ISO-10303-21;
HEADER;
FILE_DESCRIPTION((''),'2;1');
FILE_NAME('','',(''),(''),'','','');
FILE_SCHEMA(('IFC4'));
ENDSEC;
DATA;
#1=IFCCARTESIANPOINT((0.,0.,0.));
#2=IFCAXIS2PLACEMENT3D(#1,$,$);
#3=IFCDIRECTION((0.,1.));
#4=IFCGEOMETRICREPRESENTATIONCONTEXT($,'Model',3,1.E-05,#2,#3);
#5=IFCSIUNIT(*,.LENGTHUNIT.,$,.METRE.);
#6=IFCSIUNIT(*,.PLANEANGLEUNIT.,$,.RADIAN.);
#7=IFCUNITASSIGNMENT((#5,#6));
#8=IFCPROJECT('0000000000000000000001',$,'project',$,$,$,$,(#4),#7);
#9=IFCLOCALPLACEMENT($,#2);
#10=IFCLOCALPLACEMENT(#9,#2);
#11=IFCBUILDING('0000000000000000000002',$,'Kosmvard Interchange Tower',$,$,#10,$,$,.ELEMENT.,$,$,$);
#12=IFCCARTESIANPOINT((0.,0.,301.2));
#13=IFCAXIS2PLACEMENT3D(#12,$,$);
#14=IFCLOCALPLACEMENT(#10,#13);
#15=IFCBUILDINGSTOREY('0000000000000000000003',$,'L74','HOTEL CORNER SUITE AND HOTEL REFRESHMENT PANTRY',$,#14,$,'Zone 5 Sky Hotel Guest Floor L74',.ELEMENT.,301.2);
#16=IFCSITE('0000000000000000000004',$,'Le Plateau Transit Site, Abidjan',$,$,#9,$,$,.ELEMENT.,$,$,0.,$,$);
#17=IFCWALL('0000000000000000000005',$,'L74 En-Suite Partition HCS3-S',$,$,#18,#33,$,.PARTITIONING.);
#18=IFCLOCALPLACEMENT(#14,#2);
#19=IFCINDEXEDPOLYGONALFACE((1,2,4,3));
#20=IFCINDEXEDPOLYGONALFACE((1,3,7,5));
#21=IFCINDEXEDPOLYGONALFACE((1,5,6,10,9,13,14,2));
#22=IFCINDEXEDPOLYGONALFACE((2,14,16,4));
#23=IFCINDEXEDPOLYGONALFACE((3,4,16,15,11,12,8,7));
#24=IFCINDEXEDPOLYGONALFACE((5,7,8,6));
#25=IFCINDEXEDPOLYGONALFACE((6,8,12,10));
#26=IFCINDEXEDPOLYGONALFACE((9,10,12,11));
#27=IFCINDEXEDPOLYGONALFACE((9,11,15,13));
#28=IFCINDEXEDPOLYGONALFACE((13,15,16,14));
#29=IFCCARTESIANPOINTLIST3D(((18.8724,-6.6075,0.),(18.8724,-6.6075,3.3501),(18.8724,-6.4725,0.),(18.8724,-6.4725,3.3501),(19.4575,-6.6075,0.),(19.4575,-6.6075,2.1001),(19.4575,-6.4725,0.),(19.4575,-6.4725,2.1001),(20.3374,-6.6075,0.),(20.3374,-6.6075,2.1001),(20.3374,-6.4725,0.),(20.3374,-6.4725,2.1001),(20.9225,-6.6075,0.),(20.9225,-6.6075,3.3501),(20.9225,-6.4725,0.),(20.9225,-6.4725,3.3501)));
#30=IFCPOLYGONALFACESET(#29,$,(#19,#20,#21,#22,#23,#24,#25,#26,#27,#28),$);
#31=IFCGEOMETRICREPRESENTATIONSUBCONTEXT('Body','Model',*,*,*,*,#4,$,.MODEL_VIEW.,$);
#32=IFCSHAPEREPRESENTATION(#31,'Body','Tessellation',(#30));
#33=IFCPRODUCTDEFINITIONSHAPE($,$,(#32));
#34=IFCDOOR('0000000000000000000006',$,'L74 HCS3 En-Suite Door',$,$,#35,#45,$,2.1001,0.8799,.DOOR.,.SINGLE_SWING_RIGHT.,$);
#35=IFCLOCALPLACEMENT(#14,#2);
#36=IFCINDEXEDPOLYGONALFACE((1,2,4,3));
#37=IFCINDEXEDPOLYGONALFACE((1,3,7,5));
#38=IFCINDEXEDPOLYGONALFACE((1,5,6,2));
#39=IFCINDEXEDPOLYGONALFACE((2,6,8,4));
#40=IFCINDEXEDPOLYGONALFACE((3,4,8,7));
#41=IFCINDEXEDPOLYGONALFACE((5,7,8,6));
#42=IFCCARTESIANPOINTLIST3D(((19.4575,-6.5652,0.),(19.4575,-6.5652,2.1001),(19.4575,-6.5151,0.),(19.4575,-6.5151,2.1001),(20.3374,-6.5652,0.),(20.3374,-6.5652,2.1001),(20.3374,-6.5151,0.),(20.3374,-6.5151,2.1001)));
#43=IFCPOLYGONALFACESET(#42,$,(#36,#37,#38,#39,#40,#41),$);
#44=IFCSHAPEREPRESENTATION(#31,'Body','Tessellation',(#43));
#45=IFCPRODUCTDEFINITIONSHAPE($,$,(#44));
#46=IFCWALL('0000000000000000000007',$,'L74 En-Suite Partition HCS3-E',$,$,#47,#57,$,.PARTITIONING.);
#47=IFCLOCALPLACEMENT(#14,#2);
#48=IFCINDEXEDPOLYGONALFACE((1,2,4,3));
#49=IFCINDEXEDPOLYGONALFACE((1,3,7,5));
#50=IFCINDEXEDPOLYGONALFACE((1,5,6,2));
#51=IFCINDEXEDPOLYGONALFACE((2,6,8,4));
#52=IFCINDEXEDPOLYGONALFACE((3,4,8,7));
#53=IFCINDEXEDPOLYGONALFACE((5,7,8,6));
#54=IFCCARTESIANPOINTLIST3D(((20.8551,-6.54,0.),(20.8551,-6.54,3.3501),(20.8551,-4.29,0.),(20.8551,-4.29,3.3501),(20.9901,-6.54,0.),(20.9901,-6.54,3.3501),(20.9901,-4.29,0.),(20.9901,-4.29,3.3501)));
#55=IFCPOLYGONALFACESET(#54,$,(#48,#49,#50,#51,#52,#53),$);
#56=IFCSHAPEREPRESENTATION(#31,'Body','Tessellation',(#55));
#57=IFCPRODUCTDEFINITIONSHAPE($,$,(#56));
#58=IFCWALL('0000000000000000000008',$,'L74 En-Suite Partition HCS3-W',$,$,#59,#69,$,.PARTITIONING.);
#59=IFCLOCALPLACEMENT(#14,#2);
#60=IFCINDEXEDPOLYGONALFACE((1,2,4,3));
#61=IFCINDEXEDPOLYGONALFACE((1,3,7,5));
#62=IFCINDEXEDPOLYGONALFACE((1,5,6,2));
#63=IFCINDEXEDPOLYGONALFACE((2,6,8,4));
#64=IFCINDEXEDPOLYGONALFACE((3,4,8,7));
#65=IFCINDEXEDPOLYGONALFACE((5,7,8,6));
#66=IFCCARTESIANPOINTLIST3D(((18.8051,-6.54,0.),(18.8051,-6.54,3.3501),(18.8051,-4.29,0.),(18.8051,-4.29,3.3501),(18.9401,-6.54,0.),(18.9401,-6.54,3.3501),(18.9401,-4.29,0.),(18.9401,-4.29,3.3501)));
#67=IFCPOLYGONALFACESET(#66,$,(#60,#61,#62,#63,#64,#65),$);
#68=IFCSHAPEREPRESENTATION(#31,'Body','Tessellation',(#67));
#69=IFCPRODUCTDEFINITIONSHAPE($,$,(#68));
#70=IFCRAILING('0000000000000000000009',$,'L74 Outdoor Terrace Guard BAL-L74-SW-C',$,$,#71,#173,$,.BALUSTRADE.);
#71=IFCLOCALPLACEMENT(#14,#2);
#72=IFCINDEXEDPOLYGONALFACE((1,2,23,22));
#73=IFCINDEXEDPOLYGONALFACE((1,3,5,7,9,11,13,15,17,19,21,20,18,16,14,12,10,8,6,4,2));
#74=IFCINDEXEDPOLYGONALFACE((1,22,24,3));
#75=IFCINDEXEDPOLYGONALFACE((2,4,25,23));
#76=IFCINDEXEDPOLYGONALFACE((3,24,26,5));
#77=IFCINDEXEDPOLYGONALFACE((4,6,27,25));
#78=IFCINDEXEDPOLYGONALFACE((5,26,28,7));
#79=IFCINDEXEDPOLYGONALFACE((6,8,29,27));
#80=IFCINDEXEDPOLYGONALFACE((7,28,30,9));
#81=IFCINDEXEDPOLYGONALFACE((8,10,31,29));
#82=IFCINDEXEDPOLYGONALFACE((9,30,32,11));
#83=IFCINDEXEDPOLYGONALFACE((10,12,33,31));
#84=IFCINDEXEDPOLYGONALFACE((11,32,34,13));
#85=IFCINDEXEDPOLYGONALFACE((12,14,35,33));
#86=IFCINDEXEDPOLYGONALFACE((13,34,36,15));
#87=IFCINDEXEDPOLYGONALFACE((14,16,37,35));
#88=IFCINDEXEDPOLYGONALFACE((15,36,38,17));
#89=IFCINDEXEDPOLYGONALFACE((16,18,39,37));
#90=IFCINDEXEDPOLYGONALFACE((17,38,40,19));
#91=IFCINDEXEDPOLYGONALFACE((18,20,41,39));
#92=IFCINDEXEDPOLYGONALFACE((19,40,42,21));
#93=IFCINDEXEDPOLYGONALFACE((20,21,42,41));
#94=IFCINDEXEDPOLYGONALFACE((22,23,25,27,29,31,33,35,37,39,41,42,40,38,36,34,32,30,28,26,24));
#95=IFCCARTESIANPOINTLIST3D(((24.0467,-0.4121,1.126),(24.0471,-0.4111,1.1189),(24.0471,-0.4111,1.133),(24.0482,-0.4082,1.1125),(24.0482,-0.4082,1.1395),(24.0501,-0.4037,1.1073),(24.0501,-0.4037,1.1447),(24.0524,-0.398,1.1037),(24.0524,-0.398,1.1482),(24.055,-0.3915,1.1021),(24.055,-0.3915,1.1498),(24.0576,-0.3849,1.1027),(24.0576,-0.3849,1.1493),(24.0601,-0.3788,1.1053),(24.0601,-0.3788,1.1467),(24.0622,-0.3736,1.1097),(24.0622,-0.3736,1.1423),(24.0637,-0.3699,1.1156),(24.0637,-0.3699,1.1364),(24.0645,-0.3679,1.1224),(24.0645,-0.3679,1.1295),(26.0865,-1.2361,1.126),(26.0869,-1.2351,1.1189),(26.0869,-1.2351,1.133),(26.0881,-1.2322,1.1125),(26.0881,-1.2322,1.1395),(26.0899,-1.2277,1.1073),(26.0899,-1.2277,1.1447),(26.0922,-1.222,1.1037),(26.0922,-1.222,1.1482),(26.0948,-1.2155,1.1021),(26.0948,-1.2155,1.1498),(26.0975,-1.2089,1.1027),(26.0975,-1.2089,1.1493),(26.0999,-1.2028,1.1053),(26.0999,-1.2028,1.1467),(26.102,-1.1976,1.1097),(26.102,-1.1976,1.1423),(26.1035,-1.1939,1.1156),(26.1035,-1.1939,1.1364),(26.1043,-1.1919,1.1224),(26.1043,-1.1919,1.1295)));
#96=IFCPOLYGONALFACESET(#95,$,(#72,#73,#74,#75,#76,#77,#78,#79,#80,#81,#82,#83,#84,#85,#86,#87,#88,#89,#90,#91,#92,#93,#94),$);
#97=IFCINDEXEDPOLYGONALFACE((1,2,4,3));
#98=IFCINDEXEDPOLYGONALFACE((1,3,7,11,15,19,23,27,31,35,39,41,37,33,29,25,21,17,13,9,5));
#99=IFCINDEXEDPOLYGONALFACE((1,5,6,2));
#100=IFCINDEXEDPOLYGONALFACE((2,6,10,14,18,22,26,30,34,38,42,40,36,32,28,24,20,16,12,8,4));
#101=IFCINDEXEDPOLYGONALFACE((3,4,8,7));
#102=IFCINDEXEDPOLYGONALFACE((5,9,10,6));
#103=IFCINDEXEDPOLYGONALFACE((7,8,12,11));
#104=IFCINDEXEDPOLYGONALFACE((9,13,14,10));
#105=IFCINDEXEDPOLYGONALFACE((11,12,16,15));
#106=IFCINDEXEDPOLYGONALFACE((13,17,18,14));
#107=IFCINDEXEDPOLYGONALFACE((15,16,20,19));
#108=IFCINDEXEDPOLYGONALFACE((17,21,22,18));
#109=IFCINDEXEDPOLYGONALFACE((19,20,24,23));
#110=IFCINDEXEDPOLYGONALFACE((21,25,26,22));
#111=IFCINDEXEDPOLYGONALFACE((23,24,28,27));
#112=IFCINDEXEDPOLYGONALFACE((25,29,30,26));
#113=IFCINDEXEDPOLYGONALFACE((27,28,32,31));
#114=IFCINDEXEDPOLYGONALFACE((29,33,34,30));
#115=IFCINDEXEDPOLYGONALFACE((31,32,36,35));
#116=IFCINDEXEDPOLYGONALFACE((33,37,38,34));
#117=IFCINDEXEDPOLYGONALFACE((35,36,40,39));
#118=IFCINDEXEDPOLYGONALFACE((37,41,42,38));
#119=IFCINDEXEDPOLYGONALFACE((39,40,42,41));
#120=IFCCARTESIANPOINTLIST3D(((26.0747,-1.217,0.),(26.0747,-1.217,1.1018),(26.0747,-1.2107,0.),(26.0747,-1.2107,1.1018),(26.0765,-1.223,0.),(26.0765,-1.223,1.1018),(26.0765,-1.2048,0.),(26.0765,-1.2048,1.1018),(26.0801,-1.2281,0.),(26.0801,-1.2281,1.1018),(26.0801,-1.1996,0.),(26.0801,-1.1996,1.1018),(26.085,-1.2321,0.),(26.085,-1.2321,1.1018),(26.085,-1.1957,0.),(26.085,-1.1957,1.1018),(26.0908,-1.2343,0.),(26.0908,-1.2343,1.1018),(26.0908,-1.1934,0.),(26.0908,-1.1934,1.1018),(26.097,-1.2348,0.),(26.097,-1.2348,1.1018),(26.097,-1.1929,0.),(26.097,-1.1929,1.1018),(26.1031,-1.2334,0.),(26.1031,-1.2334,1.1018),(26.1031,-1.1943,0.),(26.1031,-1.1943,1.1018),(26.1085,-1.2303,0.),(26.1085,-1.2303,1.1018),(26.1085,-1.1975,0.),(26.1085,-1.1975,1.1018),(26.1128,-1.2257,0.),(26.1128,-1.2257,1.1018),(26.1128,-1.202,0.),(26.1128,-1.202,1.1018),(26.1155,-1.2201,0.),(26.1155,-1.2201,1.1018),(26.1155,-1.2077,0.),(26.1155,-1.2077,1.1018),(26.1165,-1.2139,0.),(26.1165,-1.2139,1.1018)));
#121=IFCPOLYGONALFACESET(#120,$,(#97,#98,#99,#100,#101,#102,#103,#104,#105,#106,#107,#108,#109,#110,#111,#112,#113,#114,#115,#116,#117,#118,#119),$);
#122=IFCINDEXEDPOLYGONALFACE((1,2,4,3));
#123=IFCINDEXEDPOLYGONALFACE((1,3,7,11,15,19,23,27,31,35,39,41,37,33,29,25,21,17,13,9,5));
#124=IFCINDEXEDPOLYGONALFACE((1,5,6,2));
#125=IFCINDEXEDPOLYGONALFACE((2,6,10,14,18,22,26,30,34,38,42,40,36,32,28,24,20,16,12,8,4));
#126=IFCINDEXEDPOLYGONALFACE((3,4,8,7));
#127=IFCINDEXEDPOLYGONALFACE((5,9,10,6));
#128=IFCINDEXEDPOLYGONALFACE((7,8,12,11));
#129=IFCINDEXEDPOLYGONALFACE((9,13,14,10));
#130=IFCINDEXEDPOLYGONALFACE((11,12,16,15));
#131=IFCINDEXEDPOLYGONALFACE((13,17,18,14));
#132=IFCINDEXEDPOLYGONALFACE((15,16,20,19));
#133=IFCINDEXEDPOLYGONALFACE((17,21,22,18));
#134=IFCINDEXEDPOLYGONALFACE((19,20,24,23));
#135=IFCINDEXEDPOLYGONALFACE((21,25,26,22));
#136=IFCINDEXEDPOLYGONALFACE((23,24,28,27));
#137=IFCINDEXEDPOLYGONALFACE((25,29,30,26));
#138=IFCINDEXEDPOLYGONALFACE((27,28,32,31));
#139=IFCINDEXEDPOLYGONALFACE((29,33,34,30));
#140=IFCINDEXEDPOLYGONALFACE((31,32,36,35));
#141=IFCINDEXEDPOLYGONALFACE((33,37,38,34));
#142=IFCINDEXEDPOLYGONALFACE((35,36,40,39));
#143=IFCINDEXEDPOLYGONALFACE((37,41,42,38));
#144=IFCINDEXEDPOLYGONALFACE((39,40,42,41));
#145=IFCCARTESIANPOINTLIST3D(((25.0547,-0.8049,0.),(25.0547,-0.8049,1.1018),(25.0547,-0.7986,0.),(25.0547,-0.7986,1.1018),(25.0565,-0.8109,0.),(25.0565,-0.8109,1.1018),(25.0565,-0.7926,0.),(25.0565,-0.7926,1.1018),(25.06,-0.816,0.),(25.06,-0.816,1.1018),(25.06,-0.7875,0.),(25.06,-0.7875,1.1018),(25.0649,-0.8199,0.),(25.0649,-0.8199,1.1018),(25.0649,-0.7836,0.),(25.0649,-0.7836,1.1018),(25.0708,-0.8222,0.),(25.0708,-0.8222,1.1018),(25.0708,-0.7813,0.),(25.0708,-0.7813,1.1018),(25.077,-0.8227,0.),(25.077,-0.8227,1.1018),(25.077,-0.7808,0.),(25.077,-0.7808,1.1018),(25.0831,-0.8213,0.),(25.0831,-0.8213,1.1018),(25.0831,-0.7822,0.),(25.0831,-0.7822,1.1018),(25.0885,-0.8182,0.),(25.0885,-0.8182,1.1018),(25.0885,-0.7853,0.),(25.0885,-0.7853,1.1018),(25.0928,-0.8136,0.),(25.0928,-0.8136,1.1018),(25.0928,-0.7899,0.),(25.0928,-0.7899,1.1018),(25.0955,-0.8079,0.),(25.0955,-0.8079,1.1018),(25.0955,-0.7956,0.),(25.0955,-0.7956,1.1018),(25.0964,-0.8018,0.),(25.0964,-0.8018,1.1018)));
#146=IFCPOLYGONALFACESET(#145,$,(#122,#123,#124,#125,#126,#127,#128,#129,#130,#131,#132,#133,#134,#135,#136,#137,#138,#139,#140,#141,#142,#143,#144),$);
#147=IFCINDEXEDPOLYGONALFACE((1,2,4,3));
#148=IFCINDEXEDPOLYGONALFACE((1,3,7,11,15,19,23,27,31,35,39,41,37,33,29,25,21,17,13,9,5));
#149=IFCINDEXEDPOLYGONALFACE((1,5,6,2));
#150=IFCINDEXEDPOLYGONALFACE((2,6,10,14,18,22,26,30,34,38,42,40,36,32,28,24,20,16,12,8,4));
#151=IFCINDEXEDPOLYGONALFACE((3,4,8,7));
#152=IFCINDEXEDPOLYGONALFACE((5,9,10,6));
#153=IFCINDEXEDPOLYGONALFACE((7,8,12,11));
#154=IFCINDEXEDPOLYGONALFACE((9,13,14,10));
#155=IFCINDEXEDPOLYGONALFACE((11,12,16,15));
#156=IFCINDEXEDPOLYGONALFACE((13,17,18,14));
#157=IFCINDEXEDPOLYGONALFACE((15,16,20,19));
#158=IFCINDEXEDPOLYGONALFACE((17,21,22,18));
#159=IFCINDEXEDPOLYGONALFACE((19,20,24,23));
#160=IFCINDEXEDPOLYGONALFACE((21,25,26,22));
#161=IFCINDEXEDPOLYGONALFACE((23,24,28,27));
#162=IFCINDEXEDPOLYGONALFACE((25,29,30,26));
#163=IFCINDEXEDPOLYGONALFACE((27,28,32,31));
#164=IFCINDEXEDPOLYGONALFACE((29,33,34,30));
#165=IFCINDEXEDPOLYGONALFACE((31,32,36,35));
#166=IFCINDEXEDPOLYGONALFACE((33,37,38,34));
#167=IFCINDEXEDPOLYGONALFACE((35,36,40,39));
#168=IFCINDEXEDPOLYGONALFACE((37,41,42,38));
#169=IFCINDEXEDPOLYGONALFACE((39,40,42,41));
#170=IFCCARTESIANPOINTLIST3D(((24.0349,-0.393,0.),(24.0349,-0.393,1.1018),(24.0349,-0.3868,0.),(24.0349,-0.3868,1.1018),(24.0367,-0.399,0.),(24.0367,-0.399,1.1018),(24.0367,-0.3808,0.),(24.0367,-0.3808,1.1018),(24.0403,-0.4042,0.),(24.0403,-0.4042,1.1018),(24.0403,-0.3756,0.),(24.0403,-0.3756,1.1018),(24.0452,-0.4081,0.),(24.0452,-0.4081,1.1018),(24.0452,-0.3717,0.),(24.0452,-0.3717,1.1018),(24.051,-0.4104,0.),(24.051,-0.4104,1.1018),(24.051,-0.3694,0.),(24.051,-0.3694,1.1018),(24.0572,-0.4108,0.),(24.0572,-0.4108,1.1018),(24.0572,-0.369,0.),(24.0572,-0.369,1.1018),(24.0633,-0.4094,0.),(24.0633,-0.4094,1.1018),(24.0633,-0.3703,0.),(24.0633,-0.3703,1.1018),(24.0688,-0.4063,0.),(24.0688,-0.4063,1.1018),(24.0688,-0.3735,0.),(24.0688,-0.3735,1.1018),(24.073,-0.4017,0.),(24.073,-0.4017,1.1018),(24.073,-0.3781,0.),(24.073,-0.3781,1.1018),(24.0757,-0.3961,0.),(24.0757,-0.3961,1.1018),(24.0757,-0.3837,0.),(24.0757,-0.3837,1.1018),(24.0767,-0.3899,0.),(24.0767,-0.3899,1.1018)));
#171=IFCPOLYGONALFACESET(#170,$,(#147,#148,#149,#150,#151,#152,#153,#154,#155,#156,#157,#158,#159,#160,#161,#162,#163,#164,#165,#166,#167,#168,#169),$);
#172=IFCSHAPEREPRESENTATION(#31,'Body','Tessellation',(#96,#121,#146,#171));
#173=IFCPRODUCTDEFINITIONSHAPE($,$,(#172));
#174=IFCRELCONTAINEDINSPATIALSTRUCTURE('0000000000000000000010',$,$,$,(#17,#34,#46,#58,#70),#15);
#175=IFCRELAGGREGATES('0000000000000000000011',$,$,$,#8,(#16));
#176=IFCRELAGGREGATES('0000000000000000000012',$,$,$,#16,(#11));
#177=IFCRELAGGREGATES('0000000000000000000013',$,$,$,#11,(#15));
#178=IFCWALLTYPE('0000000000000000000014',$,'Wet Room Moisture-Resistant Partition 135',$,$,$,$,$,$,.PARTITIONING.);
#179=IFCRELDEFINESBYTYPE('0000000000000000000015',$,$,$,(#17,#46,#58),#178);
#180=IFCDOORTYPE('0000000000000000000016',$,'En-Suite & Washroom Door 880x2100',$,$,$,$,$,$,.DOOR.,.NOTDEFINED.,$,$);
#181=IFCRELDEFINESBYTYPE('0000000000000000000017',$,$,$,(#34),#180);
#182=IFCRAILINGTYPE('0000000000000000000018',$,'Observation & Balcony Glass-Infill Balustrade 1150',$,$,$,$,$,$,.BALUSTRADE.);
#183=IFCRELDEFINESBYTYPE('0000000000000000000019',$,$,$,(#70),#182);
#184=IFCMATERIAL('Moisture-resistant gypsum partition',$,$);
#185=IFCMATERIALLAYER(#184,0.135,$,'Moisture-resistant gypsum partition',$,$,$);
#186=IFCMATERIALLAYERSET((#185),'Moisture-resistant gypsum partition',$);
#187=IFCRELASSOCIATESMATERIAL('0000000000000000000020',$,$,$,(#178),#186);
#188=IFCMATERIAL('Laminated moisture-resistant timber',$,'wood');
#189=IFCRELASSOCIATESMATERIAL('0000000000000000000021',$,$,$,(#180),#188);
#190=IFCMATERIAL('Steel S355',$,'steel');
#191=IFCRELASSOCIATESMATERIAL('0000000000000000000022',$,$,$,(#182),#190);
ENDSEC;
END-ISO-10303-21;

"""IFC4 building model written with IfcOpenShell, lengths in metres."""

from ifc_helpers import new_model, si_unit, direction, frame, frame_2d, origin, origin_2d, place, context, subcontext, project, spatial, rectangle, circle, extrude, source, transform, mapped, material, layer, layer_set, type_object, element, fill, save


model = new_model("IFC4")

# Units and contexts
model_context = context("Model", 3, precision=1e-05, world=origin(), true_north=direction((0.0, 1.0)))
body_context = subcontext(model_context, "Body", "Model", "MODEL_VIEW")
ifc_project = project(units=[si_unit("LENGTHUNIT", "METRE"), si_unit("PLANEANGLEUNIT", "RADIAN")], contexts=[model_context])

# Site, building, storey
site_placement = place(None, origin())
site = spatial("IfcSite", under=ifc_project, at=site_placement, Name="Le Plateau Transit Site, Abidjan", CompositionType="ELEMENT", RefElevation=0.0)
building_placement = place(site_placement, origin())
building = spatial("IfcBuilding", under=site, at=building_placement, Name="Kosmvard Interchange Tower", CompositionType="ELEMENT")
storey_placement = place(building_placement, frame((0.0, 0.0, 301.2)))
storey = spatial("IfcBuildingStorey", under=building, at=storey_placement, Name="L74", Description="HOTEL CORNER SUITE AND HOTEL REFRESHMENT PANTRY", LongName="Zone 5 Sky Hotel Guest Floor L74", CompositionType="ELEMENT", Elevation=301.2)

# Shared definitions
ifc_material_1 = material(Name="Steel S355", Category="steel")

# Shared definitions
ifc_material_2 = material(Name="Moisture-resistant gypsum partition")
ifc_layer_1 = layer(ifc_material_2, 0.135, Name="Moisture-resistant gypsum partition")
ifc_layer_set_1 = layer_set([ifc_layer_1], Name="Moisture-resistant gypsum partition")
wall_type_1 = type_object("IfcWallType", Name="Wet Room Moisture-Resistant Partition 135", PredefinedType="PARTITIONING", material=ifc_layer_set_1)
ifc_material_3 = material(Name="Laminated moisture-resistant timber", Category="wood")
door_type = type_object("IfcDoorType", Name="En-Suite & Washroom Door 880x2100", OperationType="NOTDEFINED", PredefinedType="DOOR", material=ifc_material_3)
shared_shape_1 = source(origin(), body_context, "Body", "SweptSolid", [
    extrude(rectangle(XDim=0.8799, YDim=2.1001, at=frame_2d((0.4399, 1.05))), frame((0.0, 0.0249, 0.0), z_axis=(0.0, -1.0, 0.0), x_axis=(1.0, 0.0, 0.0)), (0.0, 0.0, 1.0), 0.05),
])

# Wall, opening, door
wall_1_placement = place(storey_placement, frame((18.8726, -6.54, 0.0), z_axis=(0.0, 0.0, 1.0), x_axis=(1.0, 0.0, 0.0)))
wall_1 = element("IfcWall", 1, at=wall_1_placement, inside=storey, type_object=wall_type_1, Name="L74 En-Suite Partition HCS3-S", PredefinedType="PARTITIONING", context=body_context, shape_type="SweptSolid", body=[
    extrude(rectangle(XDim=2.05, YDim=0.135, at=frame_2d((1.0249, 0.0))), origin(), (0.0, 0.0, 1.0), 3.3501),
])
opening_1_placement = place(wall_1_placement, frame((0.585, 0.0, 0.0)))
opening_1 = element("IfcOpeningElement", 2, at=opening_1_placement, cuts=wall_1, PredefinedType="OPENING", context=body_context, shape_type="SweptSolid", body=[
    extrude(rectangle(XDim=0.8799, YDim=2.1001, at=frame_2d((0.4399, 1.05))), frame((0.0, 0.0776, 0.0), z_axis=(0.0, -1.0, 0.0), x_axis=(1.0, 0.0, 0.0)), (0.0, 0.0, 1.0), 0.155),
])
door_1_placement = place(opening_1_placement, origin())
door_1 = element("IfcDoor", 3, at=door_1_placement, inside=storey, type_object=door_type, Name="L74 HCS3 En-Suite Door", OperationType="SINGLE_SWING_RIGHT", OverallHeight=2.1001, OverallWidth=0.8799, PredefinedType="DOOR", context=body_context, shape_type="MappedRepresentation", body=[
    mapped(shared_shape_1, transform((0.0, 0.0, 0.0), scale=1.0)),
])
fill(opening_1, door_1)

# Walls
for number, where, z_axis, x_axis, name in (
    (4, (20.9226, -6.54, 0.0), (0.0, 0.0, 1.0), (0.0, 1.0, 0.0), "L74 En-Suite Partition HCS3-E"),
    (5, (18.8726, -6.54, 0.0), (0.0, 0.0, 1.0), (0.0, 1.0, 0.0), "L74 En-Suite Partition HCS3-W"),
):
    element("IfcWall", number, at=place(storey_placement, frame(where, z_axis=z_axis, x_axis=x_axis)), inside=storey, type_object=wall_type_1, Name=name, PredefinedType="PARTITIONING", context=body_context, shape_type="SweptSolid", body=[
        extrude(rectangle(XDim=2.25, YDim=0.135, at=frame_2d((1.125, 0.0))), origin(), (0.0, 0.0, 1.0), 3.3501),
    ])

# Railing
railing_type = type_object("IfcRailingType", Name="Observation & Balcony Glass-Infill Balustrade 1150", PredefinedType="BALUSTRADE", material=ifc_material_1)
shared_shape_2 = source(origin(), body_context, "Body", "SweptSolid", [
    extrude(circle(Radius=0.0239, at=origin_2d()), frame((0.0, 0.0, 1.126), z_axis=(-0.927208, 0.374546, 0.0), x_axis=(-0.374546, -0.927208, 0.0)), (0.0, 0.0, 1.0), 2.2),
    extrude(circle(Radius=0.021, at=origin_2d()), origin(), (0.0, 0.0, 1.0), 1.1018),
    extrude(circle(Radius=0.021, at=origin_2d()), frame((-1.02, 0.4121, 0.0)), (0.0, 0.0, 1.0), 1.1018),
    extrude(circle(Radius=0.021, at=origin_2d()), frame((-2.0398, 0.824, 0.0)), (0.0, 0.0, 1.0), 1.1018),
])
railing_1_placement = place(storey_placement, frame((26.0955, -1.2139, 0.0)))
element("IfcRailing", 6, at=railing_1_placement, inside=storey, type_object=railing_type, Name="L74 Outdoor Terrace Guard BAL-L74-SW-C", PredefinedType="BALUSTRADE", context=body_context, shape_type="MappedRepresentation", body=[
    mapped(shared_shape_2, transform((0.0, 0.0, 0.0), scale=1.0)),
])

save(model, "model.ifc")
